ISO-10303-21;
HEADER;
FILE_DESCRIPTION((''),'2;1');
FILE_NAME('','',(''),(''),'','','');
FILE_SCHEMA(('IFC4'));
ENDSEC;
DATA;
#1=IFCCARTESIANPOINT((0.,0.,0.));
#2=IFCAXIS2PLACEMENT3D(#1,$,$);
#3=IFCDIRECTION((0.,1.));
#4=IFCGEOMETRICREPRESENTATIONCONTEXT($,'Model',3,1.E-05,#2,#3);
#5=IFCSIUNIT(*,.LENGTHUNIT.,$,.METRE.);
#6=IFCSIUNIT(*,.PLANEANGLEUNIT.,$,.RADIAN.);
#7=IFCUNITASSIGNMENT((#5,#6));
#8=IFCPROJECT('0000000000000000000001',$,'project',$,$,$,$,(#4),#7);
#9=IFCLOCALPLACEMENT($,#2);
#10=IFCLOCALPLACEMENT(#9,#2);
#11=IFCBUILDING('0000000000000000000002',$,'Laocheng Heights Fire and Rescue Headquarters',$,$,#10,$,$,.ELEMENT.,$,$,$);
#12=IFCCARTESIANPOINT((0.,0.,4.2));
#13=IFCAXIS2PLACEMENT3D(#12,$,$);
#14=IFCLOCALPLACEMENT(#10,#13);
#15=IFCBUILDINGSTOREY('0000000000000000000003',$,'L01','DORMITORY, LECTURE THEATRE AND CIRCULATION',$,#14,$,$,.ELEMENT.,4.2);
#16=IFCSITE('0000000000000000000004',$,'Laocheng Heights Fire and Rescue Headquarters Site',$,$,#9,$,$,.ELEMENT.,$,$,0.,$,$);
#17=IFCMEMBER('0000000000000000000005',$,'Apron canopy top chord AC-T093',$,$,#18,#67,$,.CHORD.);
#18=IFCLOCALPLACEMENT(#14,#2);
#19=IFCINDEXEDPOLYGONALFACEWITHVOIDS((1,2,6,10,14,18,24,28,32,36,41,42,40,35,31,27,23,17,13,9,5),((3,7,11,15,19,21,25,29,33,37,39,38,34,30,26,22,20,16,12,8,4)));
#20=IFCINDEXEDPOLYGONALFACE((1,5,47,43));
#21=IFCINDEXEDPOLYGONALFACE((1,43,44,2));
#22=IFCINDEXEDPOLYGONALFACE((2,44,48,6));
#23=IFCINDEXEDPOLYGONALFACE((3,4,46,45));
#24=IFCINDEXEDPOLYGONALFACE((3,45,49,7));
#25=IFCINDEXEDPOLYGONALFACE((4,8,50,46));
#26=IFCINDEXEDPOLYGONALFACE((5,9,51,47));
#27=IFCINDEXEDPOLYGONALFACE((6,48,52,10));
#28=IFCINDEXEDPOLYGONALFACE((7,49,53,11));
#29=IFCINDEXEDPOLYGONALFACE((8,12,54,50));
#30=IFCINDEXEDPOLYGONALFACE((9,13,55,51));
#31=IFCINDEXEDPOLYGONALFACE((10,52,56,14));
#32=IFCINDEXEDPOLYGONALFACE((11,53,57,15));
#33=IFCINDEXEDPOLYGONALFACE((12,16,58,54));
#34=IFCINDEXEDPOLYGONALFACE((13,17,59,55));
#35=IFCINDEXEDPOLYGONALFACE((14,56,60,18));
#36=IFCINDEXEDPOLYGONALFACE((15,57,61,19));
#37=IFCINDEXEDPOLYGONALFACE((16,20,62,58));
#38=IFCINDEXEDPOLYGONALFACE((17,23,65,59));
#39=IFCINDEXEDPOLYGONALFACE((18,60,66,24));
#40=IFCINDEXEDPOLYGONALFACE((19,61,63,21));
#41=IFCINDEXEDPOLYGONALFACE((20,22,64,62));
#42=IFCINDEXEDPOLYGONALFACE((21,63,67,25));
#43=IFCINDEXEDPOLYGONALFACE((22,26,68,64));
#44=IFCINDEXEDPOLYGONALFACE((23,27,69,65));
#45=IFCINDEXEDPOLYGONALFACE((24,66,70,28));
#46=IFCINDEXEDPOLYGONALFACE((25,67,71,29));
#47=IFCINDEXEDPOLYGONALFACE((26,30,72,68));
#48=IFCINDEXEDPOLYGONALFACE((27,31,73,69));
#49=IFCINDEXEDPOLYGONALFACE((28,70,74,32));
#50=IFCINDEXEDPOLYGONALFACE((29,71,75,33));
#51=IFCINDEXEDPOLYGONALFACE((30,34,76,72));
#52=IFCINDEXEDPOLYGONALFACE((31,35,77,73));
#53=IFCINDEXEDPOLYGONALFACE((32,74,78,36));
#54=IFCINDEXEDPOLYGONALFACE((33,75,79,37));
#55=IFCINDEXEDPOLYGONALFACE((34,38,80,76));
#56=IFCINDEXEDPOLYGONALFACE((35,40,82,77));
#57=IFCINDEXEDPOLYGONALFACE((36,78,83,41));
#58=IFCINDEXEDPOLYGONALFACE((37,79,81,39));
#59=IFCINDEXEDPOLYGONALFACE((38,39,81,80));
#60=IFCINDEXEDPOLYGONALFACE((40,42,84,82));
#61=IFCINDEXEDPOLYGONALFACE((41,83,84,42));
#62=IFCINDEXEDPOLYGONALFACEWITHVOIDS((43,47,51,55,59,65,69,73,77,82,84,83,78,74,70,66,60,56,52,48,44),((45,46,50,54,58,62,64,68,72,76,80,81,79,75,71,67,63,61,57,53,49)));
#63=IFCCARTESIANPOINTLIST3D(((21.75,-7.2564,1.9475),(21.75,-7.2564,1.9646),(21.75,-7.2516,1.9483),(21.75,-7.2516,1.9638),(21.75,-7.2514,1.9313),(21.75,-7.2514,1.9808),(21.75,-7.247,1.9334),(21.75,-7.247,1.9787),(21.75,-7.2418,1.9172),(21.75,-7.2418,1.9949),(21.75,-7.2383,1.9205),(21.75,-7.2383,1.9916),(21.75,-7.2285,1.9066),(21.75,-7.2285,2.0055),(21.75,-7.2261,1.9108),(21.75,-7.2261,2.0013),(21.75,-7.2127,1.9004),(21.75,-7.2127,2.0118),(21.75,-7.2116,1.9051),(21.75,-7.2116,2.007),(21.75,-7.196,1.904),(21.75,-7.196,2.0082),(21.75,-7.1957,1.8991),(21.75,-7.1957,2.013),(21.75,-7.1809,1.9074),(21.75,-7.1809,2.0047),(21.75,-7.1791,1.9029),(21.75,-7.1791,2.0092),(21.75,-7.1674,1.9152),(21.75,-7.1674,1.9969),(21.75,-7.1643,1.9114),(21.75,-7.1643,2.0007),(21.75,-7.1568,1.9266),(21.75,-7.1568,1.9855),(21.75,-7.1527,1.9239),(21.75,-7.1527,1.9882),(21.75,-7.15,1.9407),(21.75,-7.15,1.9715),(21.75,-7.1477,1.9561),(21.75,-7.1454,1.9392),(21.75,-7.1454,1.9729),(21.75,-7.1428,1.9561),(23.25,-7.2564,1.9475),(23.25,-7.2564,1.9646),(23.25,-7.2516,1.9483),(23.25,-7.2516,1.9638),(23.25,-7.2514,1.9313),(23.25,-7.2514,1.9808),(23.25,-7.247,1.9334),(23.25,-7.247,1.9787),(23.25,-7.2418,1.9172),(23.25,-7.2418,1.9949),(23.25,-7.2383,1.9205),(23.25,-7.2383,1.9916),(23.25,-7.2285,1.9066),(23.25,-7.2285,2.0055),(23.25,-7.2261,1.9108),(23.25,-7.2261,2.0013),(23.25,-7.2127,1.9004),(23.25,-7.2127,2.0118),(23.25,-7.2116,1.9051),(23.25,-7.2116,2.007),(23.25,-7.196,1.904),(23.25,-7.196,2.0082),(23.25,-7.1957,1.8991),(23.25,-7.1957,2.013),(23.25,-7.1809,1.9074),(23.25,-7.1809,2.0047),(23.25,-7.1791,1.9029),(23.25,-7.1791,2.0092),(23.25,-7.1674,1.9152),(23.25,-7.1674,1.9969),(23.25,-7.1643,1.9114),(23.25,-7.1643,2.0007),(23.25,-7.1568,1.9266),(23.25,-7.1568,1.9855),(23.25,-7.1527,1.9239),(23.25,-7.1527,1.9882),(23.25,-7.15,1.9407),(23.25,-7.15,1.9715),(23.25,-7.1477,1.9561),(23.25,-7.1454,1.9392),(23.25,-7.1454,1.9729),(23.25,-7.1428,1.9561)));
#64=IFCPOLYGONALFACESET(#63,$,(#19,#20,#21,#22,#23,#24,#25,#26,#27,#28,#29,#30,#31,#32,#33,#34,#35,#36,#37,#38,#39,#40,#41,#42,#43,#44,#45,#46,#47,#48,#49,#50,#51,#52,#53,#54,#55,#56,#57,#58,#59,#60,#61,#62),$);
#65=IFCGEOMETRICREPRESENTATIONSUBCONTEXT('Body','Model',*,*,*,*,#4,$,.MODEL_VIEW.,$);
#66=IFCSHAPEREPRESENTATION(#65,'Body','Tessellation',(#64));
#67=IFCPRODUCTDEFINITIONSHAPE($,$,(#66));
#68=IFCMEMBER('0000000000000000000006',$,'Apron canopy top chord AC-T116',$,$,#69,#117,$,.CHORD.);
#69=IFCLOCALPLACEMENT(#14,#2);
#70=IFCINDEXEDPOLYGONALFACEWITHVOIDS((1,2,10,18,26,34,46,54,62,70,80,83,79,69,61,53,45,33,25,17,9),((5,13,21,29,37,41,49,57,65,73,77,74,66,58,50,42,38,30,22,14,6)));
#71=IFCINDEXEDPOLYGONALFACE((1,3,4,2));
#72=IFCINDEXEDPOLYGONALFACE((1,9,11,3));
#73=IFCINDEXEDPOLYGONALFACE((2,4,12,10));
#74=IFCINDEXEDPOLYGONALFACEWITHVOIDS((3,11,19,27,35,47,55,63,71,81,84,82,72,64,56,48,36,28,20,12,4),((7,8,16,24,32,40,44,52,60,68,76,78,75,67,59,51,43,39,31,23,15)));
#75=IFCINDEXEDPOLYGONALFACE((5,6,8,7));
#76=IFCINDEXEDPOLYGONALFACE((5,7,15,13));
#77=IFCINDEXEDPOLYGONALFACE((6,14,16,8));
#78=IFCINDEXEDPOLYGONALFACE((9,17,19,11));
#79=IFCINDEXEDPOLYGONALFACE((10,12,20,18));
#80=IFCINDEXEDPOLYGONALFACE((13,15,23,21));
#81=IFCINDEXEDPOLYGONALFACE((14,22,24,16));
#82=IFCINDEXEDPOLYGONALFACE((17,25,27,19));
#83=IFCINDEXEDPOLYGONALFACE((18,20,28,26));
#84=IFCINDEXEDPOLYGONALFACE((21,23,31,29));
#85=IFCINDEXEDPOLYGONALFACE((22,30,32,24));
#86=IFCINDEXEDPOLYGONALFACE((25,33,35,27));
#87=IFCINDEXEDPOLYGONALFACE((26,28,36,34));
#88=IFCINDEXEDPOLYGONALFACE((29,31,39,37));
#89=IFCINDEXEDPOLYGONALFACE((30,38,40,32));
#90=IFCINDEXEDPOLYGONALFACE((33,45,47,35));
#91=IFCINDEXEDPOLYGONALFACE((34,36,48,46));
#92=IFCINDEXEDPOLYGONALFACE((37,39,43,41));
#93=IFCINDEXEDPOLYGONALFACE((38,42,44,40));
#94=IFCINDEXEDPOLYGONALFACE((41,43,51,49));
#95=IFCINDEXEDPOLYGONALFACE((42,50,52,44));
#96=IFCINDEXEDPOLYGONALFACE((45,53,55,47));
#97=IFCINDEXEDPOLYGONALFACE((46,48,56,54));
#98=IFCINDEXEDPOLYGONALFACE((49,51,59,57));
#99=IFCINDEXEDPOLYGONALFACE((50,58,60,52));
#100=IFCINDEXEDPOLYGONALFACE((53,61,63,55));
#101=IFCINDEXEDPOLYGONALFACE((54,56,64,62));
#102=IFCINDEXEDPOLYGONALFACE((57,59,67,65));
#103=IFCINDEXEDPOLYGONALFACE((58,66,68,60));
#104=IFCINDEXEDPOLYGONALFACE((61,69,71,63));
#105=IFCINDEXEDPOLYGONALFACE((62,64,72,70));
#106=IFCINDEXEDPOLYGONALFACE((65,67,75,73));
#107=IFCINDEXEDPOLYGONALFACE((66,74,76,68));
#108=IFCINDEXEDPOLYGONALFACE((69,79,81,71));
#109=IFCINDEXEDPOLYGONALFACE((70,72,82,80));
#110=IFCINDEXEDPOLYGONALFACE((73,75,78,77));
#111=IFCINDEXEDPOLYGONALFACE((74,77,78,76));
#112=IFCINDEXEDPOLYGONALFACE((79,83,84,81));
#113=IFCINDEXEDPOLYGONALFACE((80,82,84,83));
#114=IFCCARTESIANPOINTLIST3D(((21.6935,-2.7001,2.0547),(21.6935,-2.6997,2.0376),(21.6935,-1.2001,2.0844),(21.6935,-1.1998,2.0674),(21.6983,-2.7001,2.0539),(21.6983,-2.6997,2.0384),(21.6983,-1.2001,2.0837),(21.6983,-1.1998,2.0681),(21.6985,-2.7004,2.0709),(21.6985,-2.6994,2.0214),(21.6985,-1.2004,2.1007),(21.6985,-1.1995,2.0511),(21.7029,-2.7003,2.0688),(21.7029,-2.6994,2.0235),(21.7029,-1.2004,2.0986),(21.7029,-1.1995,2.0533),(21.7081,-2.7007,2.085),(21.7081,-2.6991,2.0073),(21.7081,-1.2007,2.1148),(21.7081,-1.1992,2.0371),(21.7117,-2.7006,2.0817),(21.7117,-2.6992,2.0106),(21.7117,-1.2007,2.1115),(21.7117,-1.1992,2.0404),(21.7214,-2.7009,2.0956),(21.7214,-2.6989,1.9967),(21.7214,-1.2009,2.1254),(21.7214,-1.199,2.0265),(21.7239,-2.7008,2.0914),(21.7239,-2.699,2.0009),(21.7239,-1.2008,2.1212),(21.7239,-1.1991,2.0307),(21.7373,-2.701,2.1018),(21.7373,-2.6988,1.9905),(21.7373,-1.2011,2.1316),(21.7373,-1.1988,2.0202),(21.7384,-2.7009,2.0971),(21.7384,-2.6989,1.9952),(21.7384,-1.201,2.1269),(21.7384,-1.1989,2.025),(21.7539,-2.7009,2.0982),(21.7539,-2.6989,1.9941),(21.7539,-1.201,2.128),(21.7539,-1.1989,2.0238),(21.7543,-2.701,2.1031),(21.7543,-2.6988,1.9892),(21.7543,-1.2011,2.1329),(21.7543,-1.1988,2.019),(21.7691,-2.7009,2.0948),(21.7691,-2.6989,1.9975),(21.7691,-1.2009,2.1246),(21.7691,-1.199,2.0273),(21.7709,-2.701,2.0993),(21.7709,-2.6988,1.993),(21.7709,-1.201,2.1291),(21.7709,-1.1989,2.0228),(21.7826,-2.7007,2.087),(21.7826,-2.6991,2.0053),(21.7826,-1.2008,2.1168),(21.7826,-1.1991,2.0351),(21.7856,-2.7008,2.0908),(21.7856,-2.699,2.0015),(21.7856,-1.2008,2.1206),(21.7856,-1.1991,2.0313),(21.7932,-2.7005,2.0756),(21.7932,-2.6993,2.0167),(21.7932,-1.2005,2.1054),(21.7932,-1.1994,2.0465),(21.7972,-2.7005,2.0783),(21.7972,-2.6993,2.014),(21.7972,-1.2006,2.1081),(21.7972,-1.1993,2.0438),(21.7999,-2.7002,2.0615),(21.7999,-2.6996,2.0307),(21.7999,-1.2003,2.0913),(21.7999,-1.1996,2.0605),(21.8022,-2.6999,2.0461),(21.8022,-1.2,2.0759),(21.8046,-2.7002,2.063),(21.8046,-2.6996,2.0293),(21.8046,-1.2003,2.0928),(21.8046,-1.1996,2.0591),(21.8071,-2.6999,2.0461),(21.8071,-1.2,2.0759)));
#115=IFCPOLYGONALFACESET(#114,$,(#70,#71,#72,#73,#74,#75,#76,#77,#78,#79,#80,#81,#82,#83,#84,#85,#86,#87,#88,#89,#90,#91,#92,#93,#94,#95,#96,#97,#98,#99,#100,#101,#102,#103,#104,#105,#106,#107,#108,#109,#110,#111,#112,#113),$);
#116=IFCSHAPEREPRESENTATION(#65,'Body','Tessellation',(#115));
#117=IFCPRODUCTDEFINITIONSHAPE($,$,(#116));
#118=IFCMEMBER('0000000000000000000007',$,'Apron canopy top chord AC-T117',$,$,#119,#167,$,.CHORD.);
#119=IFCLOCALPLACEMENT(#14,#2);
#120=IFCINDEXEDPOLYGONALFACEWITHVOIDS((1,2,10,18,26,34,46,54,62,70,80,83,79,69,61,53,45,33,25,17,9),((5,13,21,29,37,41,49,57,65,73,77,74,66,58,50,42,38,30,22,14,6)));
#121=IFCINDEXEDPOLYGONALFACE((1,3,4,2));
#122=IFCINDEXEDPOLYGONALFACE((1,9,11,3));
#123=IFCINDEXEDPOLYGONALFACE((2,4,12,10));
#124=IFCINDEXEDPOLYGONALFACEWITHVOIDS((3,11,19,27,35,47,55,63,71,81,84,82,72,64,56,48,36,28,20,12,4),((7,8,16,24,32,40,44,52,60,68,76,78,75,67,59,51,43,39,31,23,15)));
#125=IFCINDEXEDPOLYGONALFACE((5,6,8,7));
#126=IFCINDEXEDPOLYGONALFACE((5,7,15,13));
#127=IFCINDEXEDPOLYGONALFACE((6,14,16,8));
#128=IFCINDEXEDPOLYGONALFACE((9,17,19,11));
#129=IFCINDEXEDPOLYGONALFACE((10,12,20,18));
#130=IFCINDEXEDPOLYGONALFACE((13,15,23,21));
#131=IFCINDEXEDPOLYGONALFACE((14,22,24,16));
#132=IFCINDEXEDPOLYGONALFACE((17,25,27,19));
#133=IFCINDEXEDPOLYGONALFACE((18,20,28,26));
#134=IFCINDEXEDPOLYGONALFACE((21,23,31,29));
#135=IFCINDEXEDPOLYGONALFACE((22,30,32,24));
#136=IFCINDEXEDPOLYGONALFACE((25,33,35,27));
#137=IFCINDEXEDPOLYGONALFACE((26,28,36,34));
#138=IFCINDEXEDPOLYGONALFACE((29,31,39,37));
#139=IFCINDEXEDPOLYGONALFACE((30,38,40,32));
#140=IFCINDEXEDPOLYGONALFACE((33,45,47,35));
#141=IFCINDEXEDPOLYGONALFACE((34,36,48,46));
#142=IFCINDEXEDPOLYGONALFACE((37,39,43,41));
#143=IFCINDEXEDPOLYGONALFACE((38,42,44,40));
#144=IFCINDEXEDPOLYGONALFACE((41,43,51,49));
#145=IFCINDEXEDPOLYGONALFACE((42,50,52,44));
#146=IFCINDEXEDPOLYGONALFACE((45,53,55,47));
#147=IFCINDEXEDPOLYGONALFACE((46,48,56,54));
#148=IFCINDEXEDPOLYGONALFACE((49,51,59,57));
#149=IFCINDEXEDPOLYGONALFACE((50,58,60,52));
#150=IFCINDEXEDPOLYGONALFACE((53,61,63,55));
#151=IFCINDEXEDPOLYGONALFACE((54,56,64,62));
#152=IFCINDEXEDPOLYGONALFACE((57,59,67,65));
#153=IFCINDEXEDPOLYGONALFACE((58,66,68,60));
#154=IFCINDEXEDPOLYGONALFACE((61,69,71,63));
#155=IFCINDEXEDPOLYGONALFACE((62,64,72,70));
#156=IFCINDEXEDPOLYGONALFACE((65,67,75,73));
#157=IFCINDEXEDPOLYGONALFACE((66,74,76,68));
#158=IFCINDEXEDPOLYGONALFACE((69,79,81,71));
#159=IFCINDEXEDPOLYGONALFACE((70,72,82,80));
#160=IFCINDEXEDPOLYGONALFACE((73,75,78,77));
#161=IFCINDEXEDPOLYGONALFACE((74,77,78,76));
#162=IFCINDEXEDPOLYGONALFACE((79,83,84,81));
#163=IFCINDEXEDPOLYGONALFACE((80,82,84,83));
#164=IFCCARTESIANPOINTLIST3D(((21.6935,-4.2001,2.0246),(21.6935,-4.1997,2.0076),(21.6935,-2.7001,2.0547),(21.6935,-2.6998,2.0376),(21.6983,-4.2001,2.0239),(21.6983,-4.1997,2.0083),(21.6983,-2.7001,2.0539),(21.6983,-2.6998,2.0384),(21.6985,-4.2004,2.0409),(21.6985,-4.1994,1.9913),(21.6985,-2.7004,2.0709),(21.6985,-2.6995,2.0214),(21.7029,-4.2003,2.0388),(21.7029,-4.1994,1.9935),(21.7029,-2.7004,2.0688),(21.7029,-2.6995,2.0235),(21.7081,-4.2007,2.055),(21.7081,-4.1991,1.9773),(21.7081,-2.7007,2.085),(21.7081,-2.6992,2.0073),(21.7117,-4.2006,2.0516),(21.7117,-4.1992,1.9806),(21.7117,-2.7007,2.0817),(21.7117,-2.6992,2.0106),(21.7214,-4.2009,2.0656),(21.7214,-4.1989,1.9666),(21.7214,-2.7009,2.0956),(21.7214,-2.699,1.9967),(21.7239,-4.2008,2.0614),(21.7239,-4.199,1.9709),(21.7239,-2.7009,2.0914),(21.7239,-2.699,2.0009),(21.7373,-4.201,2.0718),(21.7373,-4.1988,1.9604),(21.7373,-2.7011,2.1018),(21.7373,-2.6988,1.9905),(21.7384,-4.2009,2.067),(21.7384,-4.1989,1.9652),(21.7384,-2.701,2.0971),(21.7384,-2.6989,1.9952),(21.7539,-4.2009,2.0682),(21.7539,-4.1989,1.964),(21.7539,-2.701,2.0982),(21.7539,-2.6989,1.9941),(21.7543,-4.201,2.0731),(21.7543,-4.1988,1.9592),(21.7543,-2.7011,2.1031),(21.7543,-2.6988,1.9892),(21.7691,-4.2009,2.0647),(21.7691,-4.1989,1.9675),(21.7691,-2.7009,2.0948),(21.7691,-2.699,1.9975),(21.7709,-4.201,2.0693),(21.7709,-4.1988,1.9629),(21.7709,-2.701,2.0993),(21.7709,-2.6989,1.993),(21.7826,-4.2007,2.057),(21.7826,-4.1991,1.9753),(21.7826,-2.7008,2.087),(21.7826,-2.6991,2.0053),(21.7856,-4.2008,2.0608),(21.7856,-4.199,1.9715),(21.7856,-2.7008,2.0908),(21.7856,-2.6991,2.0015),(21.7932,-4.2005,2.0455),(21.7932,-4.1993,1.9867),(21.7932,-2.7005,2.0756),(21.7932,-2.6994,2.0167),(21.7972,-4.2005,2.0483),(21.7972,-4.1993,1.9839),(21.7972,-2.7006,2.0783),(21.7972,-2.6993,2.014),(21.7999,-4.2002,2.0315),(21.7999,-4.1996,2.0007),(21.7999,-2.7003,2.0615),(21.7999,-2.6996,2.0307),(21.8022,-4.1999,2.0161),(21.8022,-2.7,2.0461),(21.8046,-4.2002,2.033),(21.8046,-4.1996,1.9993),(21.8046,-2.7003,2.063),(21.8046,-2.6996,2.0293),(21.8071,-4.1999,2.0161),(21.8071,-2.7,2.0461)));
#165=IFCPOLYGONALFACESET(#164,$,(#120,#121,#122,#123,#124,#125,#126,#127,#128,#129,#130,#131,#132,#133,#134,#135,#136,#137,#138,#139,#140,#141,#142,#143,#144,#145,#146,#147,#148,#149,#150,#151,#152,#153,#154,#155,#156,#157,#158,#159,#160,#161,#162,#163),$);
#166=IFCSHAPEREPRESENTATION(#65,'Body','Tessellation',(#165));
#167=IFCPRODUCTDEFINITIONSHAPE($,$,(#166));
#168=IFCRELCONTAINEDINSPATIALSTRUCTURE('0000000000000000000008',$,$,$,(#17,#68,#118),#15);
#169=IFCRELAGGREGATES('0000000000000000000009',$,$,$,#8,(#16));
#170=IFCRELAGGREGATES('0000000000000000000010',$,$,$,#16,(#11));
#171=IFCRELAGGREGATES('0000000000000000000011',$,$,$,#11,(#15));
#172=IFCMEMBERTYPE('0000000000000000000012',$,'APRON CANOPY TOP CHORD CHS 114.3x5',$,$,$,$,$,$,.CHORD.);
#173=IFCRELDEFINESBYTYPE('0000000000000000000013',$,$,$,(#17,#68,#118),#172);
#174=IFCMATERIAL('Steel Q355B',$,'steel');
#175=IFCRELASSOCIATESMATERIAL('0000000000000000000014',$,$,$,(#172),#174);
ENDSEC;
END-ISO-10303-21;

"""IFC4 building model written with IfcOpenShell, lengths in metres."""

from ifc_helpers import new_model, si_unit, direction, frame, origin, origin_2d, place, context, subcontext, project, spatial, hollow_circle, extrude, material, material_profile, profile_set, type_object, element, save


model = new_model("IFC4")

# Units and contexts
model_context = context("Model", 3, precision=1e-05, world=origin(), true_north=direction((0.0, 1.0)))
body_context = subcontext(model_context, "Body", "Model", "MODEL_VIEW")
ifc_project = project(units=[si_unit("LENGTHUNIT", "METRE"), si_unit("PLANEANGLEUNIT", "RADIAN")], contexts=[model_context])

# Site, building, storey
site_placement = place(None, origin())
site = spatial("IfcSite", under=ifc_project, at=site_placement, Name="Laocheng Heights Fire and Rescue Headquarters Site", CompositionType="ELEMENT", RefElevation=0.0)
building_placement = place(site_placement, origin())
building = spatial("IfcBuilding", under=site, at=building_placement, Name="Laocheng Heights Fire and Rescue Headquarters", CompositionType="ELEMENT")
storey_placement = place(building_placement, frame((0.0, 0.0, 4.2)))
storey = spatial("IfcBuildingStorey", under=building, at=storey_placement, Name="L01", Description="DORMITORY, LECTURE THEATRE AND CIRCULATION", CompositionType="ELEMENT", Elevation=4.2)

# Members
ifc_material_1 = material(Name="Steel Q355B", Category="steel")
ifc_material_profile_1 = material_profile(ifc_material_1, hollow_circle(Radius=0.0571, WallThickness=0.0049, at=origin_2d()), Name="CHS 114.3x5")
ifc_profile_set_1 = profile_set([ifc_material_profile_1], Name="Steel Q355B")
member_type_1 = type_object("IfcMemberType", Name="APRON CANOPY TOP CHORD CHS 114.3x5", PredefinedType="CHORD", material=ifc_profile_set_1)
for number, where, z_axis, x_axis, name in (
    (1, (21.75, -7.2, 1.9561), (1.0, 0.0, 0.0), (0.0, 1.0, 0.0), "Apron canopy top chord AC-T093"),
):
    element("IfcMember", number, at=place(storey_placement, frame(where, z_axis=z_axis, x_axis=x_axis)), inside=storey, type_object=member_type_1, Name=name, PredefinedType="CHORD", context=body_context, shape_type="SweptSolid", body=[
        extrude(hollow_circle(Radius=0.0571, WallThickness=0.0049, at=origin_2d()), origin(), (0.0, 0.0, 1.0), 1.5),
    ])
for number, where, z_axis, x_axis, name in (
    (2, (21.75, -1.2, 2.0759), (0.0, -0.999803, -0.019853), (1.0, 0.0, 0.0), "Apron canopy top chord AC-T116"),
    (3, (21.75, -2.7, 2.0461), (0.0, -0.9998, -0.020016), (1.0, 0.0, 0.0), "Apron canopy top chord AC-T117"),
):
    element("IfcMember", number, at=place(storey_placement, frame(where, z_axis=z_axis, x_axis=x_axis)), inside=storey, type_object=member_type_1, Name=name, PredefinedType="CHORD", context=body_context, shape_type="SweptSolid", body=[
        extrude(hollow_circle(Radius=0.0571, WallThickness=0.0049, at=origin_2d()), origin(), (0.0, 0.0, 1.0), 1.5002),
    ])

save(model, "model.ifc")
